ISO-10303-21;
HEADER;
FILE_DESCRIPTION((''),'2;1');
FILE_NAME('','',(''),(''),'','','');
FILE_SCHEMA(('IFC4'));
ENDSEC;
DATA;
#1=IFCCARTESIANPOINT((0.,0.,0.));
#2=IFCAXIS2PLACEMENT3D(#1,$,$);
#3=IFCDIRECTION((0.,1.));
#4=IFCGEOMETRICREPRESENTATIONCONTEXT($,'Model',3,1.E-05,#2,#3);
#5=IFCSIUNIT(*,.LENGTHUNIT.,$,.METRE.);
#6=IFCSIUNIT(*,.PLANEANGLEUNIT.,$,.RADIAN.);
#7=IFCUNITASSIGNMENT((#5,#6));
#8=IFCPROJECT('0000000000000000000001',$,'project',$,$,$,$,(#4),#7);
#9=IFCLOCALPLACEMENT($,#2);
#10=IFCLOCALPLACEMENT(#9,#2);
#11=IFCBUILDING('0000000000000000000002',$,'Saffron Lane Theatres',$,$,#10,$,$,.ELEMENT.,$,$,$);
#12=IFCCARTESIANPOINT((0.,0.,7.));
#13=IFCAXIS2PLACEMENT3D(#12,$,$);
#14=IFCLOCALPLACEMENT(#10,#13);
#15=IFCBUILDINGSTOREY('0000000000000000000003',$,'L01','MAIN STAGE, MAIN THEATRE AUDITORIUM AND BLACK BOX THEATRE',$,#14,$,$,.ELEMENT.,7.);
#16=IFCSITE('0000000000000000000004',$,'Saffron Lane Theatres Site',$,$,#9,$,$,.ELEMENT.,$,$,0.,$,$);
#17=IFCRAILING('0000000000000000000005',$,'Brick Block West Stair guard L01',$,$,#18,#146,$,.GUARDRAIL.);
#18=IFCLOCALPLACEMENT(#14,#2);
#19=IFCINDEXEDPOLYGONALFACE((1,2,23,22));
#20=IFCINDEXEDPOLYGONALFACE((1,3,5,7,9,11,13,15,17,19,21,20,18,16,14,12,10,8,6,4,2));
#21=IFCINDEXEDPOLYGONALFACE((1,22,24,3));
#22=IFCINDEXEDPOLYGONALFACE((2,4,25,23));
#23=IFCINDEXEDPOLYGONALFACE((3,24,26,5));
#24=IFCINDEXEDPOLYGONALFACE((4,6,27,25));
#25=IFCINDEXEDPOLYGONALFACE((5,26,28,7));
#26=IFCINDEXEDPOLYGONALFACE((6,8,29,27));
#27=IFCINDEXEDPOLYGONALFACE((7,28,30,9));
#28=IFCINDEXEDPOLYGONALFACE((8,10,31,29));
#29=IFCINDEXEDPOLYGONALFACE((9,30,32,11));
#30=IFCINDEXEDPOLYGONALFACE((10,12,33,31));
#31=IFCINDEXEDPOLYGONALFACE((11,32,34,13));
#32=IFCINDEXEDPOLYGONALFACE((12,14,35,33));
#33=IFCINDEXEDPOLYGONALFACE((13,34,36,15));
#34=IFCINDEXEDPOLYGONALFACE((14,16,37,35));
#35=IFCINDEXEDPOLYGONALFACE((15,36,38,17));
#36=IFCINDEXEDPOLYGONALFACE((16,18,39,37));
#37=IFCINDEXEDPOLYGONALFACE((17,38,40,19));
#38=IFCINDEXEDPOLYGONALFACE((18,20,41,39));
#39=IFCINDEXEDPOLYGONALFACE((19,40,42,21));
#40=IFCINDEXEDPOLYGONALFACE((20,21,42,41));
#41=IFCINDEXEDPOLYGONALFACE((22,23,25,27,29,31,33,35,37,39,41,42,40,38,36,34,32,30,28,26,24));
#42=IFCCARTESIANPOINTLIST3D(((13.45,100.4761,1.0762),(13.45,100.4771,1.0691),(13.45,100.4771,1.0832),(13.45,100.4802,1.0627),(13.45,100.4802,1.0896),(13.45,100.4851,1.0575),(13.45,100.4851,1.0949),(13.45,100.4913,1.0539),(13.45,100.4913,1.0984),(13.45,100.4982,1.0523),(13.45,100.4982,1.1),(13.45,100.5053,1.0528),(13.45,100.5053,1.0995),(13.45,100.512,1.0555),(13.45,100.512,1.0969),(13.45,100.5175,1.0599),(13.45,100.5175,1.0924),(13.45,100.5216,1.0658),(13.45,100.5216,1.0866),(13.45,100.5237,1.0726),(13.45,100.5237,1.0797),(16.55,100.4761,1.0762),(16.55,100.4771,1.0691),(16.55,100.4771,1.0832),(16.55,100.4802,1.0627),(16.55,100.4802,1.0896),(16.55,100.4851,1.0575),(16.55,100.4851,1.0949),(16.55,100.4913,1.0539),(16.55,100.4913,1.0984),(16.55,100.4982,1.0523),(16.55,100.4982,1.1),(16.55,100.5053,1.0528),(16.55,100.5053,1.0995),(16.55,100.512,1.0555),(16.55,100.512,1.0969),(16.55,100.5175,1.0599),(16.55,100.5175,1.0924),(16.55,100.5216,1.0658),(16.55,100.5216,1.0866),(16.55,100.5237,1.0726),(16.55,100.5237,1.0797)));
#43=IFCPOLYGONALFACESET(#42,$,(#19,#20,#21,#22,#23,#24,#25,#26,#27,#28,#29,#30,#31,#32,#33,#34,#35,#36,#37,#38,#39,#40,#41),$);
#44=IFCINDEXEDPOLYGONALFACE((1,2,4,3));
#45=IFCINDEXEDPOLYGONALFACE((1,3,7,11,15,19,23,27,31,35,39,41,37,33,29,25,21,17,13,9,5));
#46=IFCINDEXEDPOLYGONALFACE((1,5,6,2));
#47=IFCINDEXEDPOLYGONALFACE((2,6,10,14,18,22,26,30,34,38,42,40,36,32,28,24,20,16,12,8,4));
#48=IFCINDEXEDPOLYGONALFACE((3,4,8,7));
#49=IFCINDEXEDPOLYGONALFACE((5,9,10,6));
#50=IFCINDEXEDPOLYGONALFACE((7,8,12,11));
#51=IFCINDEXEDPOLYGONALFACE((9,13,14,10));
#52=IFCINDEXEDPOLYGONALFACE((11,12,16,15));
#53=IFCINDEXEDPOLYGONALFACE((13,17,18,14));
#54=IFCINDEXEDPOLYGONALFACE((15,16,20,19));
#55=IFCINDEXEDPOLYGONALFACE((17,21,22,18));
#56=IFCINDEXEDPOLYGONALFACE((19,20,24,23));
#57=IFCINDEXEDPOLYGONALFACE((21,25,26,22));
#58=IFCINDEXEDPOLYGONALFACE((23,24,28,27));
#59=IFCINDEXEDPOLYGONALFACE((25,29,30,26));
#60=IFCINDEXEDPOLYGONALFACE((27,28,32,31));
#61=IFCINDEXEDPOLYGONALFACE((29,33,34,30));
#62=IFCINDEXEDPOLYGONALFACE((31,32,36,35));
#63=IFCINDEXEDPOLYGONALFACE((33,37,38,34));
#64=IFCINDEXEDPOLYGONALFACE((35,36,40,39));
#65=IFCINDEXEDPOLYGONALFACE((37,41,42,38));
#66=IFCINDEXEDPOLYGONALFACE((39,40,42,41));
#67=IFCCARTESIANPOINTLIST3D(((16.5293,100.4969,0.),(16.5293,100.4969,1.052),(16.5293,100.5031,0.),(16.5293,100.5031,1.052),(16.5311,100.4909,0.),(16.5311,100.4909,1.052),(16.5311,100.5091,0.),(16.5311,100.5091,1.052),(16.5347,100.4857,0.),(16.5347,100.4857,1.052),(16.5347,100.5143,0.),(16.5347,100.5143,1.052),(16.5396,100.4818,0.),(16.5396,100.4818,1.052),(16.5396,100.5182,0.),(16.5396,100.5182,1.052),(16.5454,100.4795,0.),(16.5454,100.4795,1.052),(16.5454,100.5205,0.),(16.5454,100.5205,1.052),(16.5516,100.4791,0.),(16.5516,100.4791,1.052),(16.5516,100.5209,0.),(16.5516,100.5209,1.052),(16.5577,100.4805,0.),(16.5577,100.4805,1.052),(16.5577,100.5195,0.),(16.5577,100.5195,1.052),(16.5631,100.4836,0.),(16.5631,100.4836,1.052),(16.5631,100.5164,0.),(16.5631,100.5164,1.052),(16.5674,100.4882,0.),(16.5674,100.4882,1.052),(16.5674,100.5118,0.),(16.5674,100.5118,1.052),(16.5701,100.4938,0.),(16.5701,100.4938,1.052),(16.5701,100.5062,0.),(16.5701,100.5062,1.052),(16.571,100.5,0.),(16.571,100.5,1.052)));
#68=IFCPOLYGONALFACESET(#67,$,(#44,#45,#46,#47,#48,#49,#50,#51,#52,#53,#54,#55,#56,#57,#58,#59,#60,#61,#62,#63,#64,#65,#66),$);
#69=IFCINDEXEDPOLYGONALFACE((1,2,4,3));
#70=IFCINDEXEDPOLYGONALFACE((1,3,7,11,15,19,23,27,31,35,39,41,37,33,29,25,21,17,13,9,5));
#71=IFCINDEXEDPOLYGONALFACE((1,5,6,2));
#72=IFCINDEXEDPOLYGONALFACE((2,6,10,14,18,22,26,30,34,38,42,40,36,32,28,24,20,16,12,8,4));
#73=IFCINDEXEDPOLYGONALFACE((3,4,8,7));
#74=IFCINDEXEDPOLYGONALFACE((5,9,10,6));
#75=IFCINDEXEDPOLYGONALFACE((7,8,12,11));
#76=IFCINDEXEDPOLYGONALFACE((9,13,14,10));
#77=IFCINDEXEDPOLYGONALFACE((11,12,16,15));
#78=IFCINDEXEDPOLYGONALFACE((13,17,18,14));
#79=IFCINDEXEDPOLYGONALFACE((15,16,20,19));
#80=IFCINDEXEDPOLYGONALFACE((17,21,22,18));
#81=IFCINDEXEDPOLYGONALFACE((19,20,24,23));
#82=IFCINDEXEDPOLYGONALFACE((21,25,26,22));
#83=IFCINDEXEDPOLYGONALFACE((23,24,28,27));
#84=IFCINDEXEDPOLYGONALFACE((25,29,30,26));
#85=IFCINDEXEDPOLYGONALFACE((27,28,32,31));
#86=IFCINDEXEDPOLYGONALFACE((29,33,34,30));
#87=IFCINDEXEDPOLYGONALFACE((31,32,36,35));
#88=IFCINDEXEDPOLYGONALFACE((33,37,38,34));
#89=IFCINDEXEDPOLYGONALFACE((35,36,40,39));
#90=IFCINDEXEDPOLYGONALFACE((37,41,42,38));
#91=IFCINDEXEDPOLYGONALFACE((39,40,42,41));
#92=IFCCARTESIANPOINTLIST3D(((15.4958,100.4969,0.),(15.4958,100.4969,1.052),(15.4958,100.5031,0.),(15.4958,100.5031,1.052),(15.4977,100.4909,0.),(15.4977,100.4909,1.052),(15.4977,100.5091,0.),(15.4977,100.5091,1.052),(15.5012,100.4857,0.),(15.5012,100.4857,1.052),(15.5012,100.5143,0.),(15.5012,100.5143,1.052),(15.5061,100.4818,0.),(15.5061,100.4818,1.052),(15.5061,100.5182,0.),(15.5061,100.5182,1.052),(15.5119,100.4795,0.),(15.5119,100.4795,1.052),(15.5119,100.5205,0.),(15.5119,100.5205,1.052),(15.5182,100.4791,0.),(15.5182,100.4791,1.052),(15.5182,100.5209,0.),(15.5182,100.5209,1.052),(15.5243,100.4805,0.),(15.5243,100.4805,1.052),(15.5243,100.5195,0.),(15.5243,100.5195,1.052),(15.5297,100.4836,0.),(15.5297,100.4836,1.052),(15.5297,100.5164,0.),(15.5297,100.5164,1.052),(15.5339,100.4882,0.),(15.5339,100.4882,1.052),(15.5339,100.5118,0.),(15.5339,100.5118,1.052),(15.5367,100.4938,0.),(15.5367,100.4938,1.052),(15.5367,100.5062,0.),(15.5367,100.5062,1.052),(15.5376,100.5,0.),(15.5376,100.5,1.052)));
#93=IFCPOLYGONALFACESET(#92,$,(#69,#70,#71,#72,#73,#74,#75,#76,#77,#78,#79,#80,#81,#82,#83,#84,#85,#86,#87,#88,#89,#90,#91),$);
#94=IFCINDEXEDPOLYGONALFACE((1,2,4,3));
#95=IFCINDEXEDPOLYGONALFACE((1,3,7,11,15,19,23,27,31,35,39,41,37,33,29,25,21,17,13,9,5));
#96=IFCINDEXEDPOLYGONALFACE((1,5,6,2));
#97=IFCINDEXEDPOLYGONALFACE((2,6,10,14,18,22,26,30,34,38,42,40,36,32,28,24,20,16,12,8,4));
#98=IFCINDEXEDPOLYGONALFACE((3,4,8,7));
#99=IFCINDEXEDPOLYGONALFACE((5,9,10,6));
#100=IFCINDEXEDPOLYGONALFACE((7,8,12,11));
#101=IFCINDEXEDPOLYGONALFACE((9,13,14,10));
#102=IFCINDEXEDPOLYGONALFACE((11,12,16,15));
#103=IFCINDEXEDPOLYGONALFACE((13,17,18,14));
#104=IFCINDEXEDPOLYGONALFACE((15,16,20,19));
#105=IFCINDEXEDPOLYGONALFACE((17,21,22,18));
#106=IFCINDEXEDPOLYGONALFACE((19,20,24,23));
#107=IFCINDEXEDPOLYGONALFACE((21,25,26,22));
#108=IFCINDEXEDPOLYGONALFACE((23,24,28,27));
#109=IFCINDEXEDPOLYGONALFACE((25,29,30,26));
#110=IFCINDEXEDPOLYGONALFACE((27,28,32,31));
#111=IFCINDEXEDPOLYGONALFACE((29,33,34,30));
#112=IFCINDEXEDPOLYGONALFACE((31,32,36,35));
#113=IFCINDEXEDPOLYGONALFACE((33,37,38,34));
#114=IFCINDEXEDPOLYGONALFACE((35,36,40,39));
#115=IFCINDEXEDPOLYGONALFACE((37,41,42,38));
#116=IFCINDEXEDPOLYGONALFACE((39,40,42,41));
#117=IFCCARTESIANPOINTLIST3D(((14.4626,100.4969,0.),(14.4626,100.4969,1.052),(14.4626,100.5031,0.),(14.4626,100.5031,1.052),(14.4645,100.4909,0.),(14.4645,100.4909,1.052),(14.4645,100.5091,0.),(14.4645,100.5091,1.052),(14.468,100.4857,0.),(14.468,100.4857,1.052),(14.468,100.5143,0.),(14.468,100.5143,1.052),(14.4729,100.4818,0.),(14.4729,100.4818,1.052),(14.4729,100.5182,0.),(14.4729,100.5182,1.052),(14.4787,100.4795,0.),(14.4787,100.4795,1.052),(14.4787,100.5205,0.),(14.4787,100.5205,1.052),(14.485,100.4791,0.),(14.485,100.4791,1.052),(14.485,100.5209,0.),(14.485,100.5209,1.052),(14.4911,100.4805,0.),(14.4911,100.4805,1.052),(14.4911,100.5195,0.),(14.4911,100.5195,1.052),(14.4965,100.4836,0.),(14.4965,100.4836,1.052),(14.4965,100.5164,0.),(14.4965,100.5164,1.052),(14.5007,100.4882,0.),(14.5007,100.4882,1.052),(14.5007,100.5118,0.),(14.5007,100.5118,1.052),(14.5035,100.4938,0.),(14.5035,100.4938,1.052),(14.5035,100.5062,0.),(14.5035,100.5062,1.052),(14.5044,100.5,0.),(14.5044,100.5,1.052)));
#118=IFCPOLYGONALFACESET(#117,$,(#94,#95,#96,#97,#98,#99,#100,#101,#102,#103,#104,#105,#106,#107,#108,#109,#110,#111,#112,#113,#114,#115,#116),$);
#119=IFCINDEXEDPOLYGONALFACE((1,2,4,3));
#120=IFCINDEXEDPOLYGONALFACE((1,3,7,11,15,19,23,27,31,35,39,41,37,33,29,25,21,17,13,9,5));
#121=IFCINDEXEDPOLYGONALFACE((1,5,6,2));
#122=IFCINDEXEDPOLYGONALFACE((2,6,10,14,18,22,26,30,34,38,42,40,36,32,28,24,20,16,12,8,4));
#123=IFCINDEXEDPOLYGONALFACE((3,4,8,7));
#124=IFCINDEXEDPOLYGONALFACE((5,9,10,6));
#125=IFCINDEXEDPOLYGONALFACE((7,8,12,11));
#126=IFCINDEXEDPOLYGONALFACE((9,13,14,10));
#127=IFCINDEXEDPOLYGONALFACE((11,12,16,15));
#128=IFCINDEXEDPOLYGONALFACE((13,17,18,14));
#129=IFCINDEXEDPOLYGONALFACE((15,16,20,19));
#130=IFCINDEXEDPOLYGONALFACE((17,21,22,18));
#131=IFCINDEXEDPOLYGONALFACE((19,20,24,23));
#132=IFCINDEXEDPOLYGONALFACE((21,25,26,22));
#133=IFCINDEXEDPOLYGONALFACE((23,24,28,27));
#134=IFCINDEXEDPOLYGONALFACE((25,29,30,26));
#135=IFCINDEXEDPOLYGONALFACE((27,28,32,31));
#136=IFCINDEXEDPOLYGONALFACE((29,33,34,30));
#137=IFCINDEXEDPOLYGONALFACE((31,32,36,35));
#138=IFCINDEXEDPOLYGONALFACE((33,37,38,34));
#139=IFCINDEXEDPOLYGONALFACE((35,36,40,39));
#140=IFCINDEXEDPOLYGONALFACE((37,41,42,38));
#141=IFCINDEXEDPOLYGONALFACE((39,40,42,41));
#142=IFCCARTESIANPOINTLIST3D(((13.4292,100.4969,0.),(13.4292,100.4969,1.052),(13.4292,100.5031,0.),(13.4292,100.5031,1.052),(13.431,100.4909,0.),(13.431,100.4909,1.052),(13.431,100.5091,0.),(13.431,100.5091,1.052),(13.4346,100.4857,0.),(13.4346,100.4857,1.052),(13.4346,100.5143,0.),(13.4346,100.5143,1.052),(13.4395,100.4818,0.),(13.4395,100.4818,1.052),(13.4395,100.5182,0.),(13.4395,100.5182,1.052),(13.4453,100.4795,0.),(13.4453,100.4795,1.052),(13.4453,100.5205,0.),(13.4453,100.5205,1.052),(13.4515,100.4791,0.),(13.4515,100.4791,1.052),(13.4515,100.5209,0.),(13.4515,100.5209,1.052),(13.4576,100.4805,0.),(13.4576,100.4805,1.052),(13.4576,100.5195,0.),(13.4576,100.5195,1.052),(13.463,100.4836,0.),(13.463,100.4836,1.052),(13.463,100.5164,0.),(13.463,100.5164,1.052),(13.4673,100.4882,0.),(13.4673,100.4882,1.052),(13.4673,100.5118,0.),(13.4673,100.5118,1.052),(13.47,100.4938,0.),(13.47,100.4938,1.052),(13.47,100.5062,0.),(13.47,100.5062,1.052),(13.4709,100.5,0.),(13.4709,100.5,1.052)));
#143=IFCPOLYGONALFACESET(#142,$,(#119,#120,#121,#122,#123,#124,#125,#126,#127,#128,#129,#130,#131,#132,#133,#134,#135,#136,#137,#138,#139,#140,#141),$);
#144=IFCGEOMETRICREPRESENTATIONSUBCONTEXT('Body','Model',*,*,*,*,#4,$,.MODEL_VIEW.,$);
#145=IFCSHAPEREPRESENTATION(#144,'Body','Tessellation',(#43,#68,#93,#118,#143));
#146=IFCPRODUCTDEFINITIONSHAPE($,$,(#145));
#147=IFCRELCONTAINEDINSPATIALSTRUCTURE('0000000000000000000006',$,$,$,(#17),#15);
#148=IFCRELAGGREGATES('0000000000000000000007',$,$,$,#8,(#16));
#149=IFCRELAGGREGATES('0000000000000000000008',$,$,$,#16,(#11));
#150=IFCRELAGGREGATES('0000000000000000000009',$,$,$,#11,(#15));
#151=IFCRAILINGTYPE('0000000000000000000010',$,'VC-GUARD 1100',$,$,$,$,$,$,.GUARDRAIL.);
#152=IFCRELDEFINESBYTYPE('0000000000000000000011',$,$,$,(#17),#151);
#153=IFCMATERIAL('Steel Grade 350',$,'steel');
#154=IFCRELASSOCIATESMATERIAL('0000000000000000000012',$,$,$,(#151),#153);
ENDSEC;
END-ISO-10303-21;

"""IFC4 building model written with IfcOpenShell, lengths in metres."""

from ifc_helpers import new_model, si_unit, direction, frame, origin, origin_2d, place, context, subcontext, project, spatial, circle, extrude, material, type_object, element, save


model = new_model("IFC4")

# Units and contexts
model_context = context("Model", 3, precision=1e-05, world=origin(), true_north=direction((0.0, 1.0)))
body_context = subcontext(model_context, "Body", "Model", "MODEL_VIEW")
ifc_project = project(units=[si_unit("LENGTHUNIT", "METRE"), si_unit("PLANEANGLEUNIT", "RADIAN")], contexts=[model_context])

# Site, building, storey
site_placement = place(None, origin())
site = spatial("IfcSite", under=ifc_project, at=site_placement, Name="Saffron Lane Theatres Site", CompositionType="ELEMENT", RefElevation=0.0)
building_placement = place(site_placement, origin())
building = spatial("IfcBuilding", under=site, at=building_placement, Name="Saffron Lane Theatres", CompositionType="ELEMENT")
storey_placement = place(building_placement, frame((0.0, 0.0, 7.0)))
storey = spatial("IfcBuildingStorey", under=building, at=storey_placement, Name="L01", Description="MAIN STAGE, MAIN THEATRE AUDITORIUM AND BLACK BOX THEATRE", CompositionType="ELEMENT", Elevation=7.0)

# Railing
ifc_material_1 = material(Name="Steel Grade 350", Category="steel")
railing_type_1 = type_object("IfcRailingType", Name="VC-GUARD 1100", PredefinedType="GUARDRAIL", material=ifc_material_1)
railing_1_placement = place(storey_placement, frame((16.55, 100.5, 0.0)))
element("IfcRailing", 1, at=railing_1_placement, inside=storey, type_object=railing_type_1, Name="Brick Block West Stair guard L01", PredefinedType="GUARDRAIL", context=body_context, shape_type="SweptSolid", body=[
    extrude(circle(Radius=0.0239, at=origin_2d()), frame((0.0, 0.0, 1.0762), z_axis=(-1.0, 0.0, 0.0), x_axis=(0.0, -1.0, 0.0)), (0.0, 0.0, 1.0), 3.1001),
    extrude(circle(Radius=0.021, at=origin_2d()), origin(), (0.0, 0.0, 1.0), 1.052),
    extrude(circle(Radius=0.021, at=origin_2d()), frame((-1.0334, 0.0, 0.0)), (0.0, 0.0, 1.0), 1.052),
    extrude(circle(Radius=0.021, at=origin_2d()), frame((-2.0667, 0.0, 0.0)), (0.0, 0.0, 1.0), 1.052),
    extrude(circle(Radius=0.021, at=origin_2d()), frame((-3.1001, 0.0, 0.0)), (0.0, 0.0, 1.0), 1.052),
])

save(model, "model.ifc")
